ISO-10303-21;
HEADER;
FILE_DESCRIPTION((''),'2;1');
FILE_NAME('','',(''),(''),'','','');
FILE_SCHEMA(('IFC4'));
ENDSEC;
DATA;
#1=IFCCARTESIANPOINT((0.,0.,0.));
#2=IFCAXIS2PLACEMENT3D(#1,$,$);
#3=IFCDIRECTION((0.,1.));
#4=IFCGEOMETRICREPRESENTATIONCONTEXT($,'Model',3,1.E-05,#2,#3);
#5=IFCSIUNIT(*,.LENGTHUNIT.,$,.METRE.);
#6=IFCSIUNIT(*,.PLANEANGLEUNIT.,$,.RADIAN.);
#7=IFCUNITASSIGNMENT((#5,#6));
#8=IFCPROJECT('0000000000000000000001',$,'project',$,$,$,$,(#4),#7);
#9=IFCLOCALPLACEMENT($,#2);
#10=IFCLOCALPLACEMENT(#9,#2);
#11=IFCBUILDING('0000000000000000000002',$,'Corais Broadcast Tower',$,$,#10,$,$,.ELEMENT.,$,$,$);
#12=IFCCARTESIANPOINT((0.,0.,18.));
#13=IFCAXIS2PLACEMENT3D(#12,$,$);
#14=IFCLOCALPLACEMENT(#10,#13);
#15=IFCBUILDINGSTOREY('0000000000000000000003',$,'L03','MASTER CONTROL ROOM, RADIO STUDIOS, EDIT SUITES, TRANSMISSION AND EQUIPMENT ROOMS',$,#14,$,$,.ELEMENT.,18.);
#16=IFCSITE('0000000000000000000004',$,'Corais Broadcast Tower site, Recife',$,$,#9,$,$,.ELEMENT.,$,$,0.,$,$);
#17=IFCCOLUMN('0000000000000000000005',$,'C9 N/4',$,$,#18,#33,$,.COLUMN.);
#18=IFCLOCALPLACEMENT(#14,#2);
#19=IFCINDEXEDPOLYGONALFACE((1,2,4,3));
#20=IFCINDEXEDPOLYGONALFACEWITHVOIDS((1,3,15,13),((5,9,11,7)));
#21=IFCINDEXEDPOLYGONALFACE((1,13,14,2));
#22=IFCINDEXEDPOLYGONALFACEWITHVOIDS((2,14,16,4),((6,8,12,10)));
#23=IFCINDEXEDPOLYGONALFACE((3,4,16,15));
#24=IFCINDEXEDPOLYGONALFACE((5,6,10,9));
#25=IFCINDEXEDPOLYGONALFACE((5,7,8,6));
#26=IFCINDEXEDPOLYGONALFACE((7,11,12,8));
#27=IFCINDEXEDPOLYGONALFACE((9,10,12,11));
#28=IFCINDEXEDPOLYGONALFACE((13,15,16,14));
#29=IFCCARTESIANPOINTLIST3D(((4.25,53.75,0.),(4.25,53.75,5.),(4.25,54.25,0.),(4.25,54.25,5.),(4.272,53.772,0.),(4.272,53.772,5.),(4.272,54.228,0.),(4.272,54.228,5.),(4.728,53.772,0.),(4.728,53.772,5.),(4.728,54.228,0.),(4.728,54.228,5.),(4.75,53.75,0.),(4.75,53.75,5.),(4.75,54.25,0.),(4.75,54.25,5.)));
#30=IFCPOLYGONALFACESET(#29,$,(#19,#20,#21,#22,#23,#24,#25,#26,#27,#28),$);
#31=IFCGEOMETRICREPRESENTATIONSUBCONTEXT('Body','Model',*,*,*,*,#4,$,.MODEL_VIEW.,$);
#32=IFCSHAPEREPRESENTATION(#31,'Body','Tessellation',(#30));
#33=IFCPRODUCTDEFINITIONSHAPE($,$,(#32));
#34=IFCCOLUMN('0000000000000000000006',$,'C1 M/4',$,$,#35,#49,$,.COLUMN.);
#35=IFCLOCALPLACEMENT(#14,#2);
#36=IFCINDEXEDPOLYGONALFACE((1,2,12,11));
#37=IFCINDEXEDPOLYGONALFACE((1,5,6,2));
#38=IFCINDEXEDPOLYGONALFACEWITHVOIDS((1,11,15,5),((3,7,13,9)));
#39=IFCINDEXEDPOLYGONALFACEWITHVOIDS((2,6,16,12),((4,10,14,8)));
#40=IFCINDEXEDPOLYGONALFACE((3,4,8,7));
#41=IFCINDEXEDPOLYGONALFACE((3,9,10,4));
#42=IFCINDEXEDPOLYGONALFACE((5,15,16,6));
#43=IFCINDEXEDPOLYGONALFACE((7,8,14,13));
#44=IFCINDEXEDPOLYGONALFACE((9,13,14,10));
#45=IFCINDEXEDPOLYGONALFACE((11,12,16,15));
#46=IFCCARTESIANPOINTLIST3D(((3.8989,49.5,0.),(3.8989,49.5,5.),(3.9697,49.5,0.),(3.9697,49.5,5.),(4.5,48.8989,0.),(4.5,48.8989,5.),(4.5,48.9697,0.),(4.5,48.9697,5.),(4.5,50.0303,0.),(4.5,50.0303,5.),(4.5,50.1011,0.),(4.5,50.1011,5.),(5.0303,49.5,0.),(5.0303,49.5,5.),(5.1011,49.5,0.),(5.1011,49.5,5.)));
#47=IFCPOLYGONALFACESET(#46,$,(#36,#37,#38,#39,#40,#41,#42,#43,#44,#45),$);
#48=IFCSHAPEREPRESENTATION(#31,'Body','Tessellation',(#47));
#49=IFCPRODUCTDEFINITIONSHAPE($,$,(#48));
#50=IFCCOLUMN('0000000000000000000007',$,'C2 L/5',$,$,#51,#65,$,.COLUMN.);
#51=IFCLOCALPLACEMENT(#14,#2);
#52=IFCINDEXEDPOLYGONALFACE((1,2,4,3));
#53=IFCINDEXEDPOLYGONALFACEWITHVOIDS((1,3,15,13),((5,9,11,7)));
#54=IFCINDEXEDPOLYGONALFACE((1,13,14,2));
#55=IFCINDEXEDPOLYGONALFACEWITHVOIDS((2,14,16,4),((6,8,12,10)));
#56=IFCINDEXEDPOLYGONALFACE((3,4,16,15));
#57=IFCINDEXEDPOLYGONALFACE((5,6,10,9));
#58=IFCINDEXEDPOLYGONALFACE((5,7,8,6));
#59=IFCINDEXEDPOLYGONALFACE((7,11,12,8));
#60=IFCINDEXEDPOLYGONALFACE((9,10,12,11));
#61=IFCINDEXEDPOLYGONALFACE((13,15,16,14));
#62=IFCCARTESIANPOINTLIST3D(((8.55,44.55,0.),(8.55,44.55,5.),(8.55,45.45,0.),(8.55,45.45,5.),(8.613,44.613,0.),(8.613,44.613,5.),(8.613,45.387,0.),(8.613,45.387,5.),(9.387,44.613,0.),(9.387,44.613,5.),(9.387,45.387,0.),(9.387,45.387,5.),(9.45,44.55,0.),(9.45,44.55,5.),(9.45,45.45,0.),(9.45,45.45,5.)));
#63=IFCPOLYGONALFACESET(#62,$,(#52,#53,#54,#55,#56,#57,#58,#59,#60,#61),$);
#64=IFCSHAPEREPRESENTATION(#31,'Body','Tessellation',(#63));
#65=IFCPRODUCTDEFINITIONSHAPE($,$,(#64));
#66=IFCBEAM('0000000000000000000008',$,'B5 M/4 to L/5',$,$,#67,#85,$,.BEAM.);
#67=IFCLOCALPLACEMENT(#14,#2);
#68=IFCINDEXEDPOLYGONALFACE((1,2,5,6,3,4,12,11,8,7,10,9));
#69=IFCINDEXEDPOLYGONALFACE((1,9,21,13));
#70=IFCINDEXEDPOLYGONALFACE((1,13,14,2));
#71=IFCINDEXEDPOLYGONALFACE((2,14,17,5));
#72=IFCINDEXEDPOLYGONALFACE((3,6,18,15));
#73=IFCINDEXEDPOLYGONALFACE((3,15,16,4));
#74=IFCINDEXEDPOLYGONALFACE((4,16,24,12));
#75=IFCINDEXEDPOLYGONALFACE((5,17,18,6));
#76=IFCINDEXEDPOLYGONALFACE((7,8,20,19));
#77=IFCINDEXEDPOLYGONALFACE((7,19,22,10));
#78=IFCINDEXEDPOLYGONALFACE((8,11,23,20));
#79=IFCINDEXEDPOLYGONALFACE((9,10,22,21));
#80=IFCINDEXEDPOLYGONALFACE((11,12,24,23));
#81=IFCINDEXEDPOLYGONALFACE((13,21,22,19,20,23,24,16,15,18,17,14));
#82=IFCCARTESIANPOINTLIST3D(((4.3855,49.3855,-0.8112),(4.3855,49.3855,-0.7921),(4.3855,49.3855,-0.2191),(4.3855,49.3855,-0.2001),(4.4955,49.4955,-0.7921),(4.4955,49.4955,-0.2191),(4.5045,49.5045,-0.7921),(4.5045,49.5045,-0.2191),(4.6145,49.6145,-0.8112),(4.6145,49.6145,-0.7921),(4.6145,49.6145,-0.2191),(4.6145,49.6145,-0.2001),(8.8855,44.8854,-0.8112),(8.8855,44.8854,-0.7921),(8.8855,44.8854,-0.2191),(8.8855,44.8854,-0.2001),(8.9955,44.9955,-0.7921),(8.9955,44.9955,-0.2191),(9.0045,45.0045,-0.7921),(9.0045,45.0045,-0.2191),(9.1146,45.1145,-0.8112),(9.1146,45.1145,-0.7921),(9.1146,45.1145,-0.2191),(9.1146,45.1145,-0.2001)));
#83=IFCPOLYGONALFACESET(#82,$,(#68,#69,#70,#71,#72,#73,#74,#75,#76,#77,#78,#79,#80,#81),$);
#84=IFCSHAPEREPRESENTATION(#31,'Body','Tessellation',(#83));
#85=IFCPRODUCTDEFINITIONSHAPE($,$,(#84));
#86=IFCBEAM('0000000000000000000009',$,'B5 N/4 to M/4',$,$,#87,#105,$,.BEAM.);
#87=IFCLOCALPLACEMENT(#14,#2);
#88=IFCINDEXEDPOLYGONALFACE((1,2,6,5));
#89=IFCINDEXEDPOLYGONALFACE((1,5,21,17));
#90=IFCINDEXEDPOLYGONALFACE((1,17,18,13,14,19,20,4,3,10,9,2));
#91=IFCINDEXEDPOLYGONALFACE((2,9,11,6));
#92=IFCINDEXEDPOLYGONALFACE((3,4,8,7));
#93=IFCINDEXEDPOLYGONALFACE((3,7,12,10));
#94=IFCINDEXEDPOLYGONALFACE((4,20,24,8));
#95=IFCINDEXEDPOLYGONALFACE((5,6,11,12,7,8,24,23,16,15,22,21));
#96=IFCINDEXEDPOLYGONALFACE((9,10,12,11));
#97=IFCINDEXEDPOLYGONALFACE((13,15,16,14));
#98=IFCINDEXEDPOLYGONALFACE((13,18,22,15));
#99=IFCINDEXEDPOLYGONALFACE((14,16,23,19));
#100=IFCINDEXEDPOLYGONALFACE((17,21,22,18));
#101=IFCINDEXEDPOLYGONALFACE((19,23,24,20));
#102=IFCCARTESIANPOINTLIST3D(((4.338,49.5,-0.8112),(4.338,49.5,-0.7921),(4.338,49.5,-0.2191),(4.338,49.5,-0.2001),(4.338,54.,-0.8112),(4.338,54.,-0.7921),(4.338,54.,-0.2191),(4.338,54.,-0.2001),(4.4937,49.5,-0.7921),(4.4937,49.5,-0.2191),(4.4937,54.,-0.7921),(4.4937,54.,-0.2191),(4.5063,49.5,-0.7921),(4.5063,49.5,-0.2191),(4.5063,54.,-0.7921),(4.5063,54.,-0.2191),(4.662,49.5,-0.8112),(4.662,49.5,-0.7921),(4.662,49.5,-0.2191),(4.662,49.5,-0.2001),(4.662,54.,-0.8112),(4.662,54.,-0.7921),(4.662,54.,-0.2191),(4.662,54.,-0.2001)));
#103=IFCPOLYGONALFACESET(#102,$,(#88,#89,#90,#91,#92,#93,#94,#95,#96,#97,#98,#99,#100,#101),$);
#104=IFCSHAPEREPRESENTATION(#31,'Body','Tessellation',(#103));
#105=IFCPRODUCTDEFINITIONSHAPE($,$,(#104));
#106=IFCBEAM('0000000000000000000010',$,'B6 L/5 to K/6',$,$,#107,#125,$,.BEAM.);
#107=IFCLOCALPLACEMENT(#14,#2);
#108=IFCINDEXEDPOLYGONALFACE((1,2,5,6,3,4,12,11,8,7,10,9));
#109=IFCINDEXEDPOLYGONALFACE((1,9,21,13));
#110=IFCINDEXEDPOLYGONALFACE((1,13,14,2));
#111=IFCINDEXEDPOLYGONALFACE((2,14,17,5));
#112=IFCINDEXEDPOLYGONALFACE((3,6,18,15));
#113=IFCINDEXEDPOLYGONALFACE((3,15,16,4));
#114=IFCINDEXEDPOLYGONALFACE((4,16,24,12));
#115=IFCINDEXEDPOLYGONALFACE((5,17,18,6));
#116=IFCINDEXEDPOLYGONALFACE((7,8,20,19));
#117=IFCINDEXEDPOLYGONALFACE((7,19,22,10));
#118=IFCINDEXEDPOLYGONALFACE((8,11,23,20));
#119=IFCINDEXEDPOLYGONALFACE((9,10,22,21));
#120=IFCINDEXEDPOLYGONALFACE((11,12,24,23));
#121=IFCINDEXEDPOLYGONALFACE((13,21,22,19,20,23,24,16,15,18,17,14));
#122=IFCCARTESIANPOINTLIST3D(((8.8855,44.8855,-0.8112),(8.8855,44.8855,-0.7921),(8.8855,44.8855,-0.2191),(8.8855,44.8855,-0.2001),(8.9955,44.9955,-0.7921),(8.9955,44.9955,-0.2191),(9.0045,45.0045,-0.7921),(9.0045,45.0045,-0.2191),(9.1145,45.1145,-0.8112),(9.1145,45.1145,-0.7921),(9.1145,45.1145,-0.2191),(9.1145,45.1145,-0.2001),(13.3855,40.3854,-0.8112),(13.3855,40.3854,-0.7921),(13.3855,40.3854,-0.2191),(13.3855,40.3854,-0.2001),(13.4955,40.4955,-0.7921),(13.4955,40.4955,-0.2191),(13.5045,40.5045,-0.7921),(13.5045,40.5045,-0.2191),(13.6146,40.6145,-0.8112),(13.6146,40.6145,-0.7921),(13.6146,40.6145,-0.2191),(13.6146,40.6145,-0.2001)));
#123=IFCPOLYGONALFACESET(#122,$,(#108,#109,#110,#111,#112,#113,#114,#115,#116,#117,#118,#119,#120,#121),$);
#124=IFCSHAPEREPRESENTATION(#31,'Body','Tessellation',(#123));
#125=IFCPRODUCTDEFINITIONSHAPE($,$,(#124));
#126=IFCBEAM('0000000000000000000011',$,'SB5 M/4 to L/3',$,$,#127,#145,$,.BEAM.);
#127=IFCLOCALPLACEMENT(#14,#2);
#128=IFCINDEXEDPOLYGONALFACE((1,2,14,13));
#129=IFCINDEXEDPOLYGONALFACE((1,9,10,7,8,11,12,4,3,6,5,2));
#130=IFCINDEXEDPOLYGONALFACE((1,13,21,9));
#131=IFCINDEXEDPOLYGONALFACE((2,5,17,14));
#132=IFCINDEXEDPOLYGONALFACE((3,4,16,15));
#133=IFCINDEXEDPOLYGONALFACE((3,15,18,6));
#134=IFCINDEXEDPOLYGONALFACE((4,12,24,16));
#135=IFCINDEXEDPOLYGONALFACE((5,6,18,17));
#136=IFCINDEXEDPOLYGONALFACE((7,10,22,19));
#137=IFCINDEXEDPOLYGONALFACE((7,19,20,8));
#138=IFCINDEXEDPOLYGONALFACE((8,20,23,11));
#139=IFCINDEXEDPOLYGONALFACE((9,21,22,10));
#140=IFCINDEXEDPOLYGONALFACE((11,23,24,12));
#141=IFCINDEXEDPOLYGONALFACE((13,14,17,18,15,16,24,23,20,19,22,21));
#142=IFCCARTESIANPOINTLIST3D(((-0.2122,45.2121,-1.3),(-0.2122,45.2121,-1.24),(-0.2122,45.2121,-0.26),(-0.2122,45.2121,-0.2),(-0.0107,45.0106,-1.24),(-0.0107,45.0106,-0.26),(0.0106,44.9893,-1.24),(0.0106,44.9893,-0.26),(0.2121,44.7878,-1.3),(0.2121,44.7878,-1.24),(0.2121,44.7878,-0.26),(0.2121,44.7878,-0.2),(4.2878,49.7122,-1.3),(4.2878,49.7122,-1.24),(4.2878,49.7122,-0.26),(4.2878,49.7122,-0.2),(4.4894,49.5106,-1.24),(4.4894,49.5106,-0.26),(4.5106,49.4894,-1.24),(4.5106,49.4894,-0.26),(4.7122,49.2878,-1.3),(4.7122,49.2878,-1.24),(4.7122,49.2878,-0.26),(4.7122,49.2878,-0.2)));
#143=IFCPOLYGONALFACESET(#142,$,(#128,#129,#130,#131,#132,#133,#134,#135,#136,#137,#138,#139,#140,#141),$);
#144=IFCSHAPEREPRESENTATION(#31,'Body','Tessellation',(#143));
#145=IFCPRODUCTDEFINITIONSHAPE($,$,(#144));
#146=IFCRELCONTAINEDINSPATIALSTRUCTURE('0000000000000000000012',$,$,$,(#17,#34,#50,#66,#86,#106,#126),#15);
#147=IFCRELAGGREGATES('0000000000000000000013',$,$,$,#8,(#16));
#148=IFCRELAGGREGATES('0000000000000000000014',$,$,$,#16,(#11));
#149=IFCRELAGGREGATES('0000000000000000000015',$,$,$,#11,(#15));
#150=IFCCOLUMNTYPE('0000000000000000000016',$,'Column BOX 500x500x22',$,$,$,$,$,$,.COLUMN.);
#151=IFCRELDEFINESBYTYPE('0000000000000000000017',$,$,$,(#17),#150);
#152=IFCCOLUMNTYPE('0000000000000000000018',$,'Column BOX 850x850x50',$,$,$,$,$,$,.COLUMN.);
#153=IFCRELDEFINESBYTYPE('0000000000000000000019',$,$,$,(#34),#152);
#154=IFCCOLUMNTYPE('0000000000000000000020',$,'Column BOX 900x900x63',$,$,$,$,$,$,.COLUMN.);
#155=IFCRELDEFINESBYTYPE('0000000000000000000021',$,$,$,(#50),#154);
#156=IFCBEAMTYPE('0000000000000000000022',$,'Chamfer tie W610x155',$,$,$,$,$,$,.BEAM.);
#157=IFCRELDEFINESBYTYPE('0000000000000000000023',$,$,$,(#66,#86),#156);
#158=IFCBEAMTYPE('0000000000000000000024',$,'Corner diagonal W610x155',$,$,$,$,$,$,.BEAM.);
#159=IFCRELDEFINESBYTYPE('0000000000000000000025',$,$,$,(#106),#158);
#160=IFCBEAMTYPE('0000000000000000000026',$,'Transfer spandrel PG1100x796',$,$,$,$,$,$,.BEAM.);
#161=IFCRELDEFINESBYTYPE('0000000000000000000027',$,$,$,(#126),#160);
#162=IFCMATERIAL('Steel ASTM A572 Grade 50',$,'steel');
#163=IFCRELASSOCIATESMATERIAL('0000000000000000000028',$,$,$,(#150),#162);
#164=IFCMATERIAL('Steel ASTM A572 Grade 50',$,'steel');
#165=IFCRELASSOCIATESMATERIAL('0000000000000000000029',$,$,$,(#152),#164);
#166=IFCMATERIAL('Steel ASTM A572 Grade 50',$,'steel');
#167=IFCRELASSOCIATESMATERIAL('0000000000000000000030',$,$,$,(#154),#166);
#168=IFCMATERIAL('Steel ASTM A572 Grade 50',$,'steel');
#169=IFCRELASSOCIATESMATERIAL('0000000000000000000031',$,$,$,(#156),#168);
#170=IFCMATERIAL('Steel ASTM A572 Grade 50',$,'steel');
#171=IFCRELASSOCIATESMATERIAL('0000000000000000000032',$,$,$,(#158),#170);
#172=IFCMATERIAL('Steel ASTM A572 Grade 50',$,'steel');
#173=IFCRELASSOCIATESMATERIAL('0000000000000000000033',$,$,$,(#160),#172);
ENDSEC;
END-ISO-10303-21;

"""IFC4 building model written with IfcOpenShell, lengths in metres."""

from ifc_helpers import new_model, si_unit, direction, frame, origin, origin_2d, place, context, subcontext, project, spatial, hollow_rectangle, i_section, extrude, material, material_profile, profile_set, type_object, element, save


model = new_model("IFC4")

# Units and contexts
model_context = context("Model", 3, precision=1e-05, world=origin(), true_north=direction((0.0, 1.0)))
body_context = subcontext(model_context, "Body", "Model", "MODEL_VIEW")
ifc_project = project(units=[si_unit("LENGTHUNIT", "METRE"), si_unit("PLANEANGLEUNIT", "RADIAN")], contexts=[model_context])

# Site, building, storey
site_placement = place(None, origin())
site = spatial("IfcSite", under=ifc_project, at=site_placement, Name="Corais Broadcast Tower site, Recife", CompositionType="ELEMENT", RefElevation=0.0)
building_placement = place(site_placement, origin())
building = spatial("IfcBuilding", under=site, at=building_placement, Name="Corais Broadcast Tower", CompositionType="ELEMENT")
storey_placement = place(building_placement, frame((0.0, 0.0, 18.0)))
storey = spatial("IfcBuildingStorey", under=building, at=storey_placement, Name="L03", Description="MASTER CONTROL ROOM, RADIO STUDIOS, EDIT SUITES, TRANSMISSION AND EQUIPMENT ROOMS", CompositionType="ELEMENT", Elevation=18.0)

# Columns
ifc_material_1 = material(Name="Steel ASTM A572 Grade 50", Category="steel")
ifc_material_profile_1 = material_profile(ifc_material_1, hollow_rectangle(XDim=0.5, YDim=0.5, WallThickness=0.022, at=origin_2d()), Name="BOX 500x500x22")
ifc_profile_set_1 = profile_set([ifc_material_profile_1], Name="Steel ASTM A572 Grade 50")
column_type_1 = type_object("IfcColumnType", Name="Column BOX 500x500x22", PredefinedType="COLUMN", material=ifc_profile_set_1)
column_1_placement = place(storey_placement, frame((4.5, 54.0, 0.0), z_axis=(0.0, 0.0, 1.0), x_axis=(1.0, 0.0, 0.0)))
element("IfcColumn", 1, at=column_1_placement, inside=storey, type_object=column_type_1, Name="C9 N/4", PredefinedType="COLUMN", context=body_context, shape_type="SweptSolid", body=[
    extrude(hollow_rectangle(XDim=0.5, YDim=0.5, WallThickness=0.022, at=origin_2d()), origin(), (0.0, 0.0, 1.0), 5.0),
])
ifc_material_2 = material(Name="Steel ASTM A572 Grade 50", Category="steel")
ifc_material_profile_2 = material_profile(ifc_material_2, hollow_rectangle(XDim=0.8501, YDim=0.8501, WallThickness=0.05, at=origin_2d()), Name="BOX 850x850x50")
ifc_profile_set_2 = profile_set([ifc_material_profile_2], Name="Steel ASTM A572 Grade 50")
column_type_2 = type_object("IfcColumnType", Name="Column BOX 850x850x50", PredefinedType="COLUMN", material=ifc_profile_set_2)
column_2_placement = place(storey_placement, frame((4.5, 49.5, 0.0), z_axis=(0.0, 0.0, 1.0), x_axis=(0.707107, 0.707107, 0.0)))
element("IfcColumn", 2, at=column_2_placement, inside=storey, type_object=column_type_2, Name="C1 M/4", PredefinedType="COLUMN", context=body_context, shape_type="SweptSolid", body=[
    extrude(hollow_rectangle(XDim=0.8501, YDim=0.8501, WallThickness=0.05, at=origin_2d()), origin(), (0.0, 0.0, 1.0), 5.0),
])
ifc_material_3 = material(Name="Steel ASTM A572 Grade 50", Category="steel")
ifc_material_profile_3 = material_profile(ifc_material_3, hollow_rectangle(XDim=0.8999, YDim=0.8999, WallThickness=0.063, at=origin_2d()), Name="BOX 900x900x63")
ifc_profile_set_3 = profile_set([ifc_material_profile_3], Name="Steel ASTM A572 Grade 50")
column_type_3 = type_object("IfcColumnType", Name="Column BOX 900x900x63", PredefinedType="COLUMN", material=ifc_profile_set_3)
column_3_placement = place(storey_placement, frame((9.0, 45.0, 0.0), z_axis=(0.0, 0.0, 1.0), x_axis=(1.0, 0.0, 0.0)))
element("IfcColumn", 3, at=column_3_placement, inside=storey, type_object=column_type_3, Name="C2 L/5", PredefinedType="COLUMN", context=body_context, shape_type="SweptSolid", body=[
    extrude(hollow_rectangle(XDim=0.8999, YDim=0.8999, WallThickness=0.063, at=origin_2d()), origin(), (0.0, 0.0, 1.0), 5.0),
])

# Beams
ifc_material_4 = material(Name="Steel ASTM A572 Grade 50", Category="steel")
ifc_material_profile_4 = material_profile(ifc_material_4, i_section(OverallWidth=0.324, OverallDepth=0.6111, WebThickness=0.0127, FlangeThickness=0.019, at=origin_2d()), Name="W610x155")
ifc_profile_set_4 = profile_set([ifc_material_profile_4], Name="Steel ASTM A572 Grade 50")
beam_type_1 = type_object("IfcBeamType", Name="Chamfer tie W610x155", PredefinedType="BEAM", material=ifc_profile_set_4)
beam_1_placement = place(storey_placement, frame((4.5, 49.5, -0.5056), z_axis=(0.707107, -0.707107, 0.0), x_axis=(0.707107, 0.707107, 0.0)))
element("IfcBeam", 4, at=beam_1_placement, inside=storey, type_object=beam_type_1, Name="B5 M/4 to L/5", PredefinedType="BEAM", context=body_context, shape_type="SweptSolid", body=[
    extrude(i_section(OverallWidth=0.324, OverallDepth=0.6111, WebThickness=0.0127, FlangeThickness=0.019, at=origin_2d()), origin(), (0.0, 0.0, 1.0), 6.364),
])
beam_2_placement = place(storey_placement, frame((4.5, 54.0, -0.5056), z_axis=(0.0, -1.0, 0.0), x_axis=(1.0, 0.0, 0.0)))
element("IfcBeam", 5, at=beam_2_placement, inside=storey, type_object=beam_type_1, Name="B5 N/4 to M/4", PredefinedType="BEAM", context=body_context, shape_type="SweptSolid", body=[
    extrude(i_section(OverallWidth=0.324, OverallDepth=0.6111, WebThickness=0.0127, FlangeThickness=0.019, at=origin_2d()), origin(), (0.0, 0.0, 1.0), 4.5),
])
ifc_material_5 = material(Name="Steel ASTM A572 Grade 50", Category="steel")
ifc_material_profile_5 = material_profile(ifc_material_5, i_section(OverallWidth=0.324, OverallDepth=0.6111, WebThickness=0.0127, FlangeThickness=0.019, at=origin_2d()), Name="W610x155")
ifc_profile_set_5 = profile_set([ifc_material_profile_5], Name="Steel ASTM A572 Grade 50")
beam_type_2 = type_object("IfcBeamType", Name="Corner diagonal W610x155", PredefinedType="BEAM", material=ifc_profile_set_5)
beam_3_placement = place(storey_placement, frame((9.0, 45.0, -0.5056), z_axis=(0.707107, -0.707107, 0.0), x_axis=(0.707107, 0.707107, 0.0)))
element("IfcBeam", 6, at=beam_3_placement, inside=storey, type_object=beam_type_2, Name="B6 L/5 to K/6", PredefinedType="BEAM", context=body_context, shape_type="SweptSolid", body=[
    extrude(i_section(OverallWidth=0.324, OverallDepth=0.6111, WebThickness=0.0127, FlangeThickness=0.019, at=origin_2d()), origin(), (0.0, 0.0, 1.0), 6.364),
])
ifc_material_6 = material(Name="Steel ASTM A572 Grade 50", Category="steel")
ifc_material_profile_6 = material_profile(ifc_material_6, i_section(OverallWidth=0.6001, OverallDepth=1.1001, WebThickness=0.03, FlangeThickness=0.0601, at=origin_2d()), Name="PG1100x796")
ifc_profile_set_6 = profile_set([ifc_material_profile_6], Name="Steel ASTM A572 Grade 50")
beam_type_3 = type_object("IfcBeamType", Name="Transfer spandrel PG1100x796", PredefinedType="BEAM", material=ifc_profile_set_6)
beam_4_placement = place(storey_placement, frame((4.5, 49.5, -0.75), z_axis=(-0.707107, -0.707107, 0.0), x_axis=(0.707107, -0.707107, 0.0)))
element("IfcBeam", 7, at=beam_4_placement, inside=storey, type_object=beam_type_3, Name="SB5 M/4 to L/3", PredefinedType="BEAM", context=body_context, shape_type="SweptSolid", body=[
    extrude(i_section(OverallWidth=0.6001, OverallDepth=1.1001, WebThickness=0.03, FlangeThickness=0.0601, at=origin_2d()), origin(), (0.0, 0.0, 1.0), 6.364),
])

save(model, "model.ifc")
